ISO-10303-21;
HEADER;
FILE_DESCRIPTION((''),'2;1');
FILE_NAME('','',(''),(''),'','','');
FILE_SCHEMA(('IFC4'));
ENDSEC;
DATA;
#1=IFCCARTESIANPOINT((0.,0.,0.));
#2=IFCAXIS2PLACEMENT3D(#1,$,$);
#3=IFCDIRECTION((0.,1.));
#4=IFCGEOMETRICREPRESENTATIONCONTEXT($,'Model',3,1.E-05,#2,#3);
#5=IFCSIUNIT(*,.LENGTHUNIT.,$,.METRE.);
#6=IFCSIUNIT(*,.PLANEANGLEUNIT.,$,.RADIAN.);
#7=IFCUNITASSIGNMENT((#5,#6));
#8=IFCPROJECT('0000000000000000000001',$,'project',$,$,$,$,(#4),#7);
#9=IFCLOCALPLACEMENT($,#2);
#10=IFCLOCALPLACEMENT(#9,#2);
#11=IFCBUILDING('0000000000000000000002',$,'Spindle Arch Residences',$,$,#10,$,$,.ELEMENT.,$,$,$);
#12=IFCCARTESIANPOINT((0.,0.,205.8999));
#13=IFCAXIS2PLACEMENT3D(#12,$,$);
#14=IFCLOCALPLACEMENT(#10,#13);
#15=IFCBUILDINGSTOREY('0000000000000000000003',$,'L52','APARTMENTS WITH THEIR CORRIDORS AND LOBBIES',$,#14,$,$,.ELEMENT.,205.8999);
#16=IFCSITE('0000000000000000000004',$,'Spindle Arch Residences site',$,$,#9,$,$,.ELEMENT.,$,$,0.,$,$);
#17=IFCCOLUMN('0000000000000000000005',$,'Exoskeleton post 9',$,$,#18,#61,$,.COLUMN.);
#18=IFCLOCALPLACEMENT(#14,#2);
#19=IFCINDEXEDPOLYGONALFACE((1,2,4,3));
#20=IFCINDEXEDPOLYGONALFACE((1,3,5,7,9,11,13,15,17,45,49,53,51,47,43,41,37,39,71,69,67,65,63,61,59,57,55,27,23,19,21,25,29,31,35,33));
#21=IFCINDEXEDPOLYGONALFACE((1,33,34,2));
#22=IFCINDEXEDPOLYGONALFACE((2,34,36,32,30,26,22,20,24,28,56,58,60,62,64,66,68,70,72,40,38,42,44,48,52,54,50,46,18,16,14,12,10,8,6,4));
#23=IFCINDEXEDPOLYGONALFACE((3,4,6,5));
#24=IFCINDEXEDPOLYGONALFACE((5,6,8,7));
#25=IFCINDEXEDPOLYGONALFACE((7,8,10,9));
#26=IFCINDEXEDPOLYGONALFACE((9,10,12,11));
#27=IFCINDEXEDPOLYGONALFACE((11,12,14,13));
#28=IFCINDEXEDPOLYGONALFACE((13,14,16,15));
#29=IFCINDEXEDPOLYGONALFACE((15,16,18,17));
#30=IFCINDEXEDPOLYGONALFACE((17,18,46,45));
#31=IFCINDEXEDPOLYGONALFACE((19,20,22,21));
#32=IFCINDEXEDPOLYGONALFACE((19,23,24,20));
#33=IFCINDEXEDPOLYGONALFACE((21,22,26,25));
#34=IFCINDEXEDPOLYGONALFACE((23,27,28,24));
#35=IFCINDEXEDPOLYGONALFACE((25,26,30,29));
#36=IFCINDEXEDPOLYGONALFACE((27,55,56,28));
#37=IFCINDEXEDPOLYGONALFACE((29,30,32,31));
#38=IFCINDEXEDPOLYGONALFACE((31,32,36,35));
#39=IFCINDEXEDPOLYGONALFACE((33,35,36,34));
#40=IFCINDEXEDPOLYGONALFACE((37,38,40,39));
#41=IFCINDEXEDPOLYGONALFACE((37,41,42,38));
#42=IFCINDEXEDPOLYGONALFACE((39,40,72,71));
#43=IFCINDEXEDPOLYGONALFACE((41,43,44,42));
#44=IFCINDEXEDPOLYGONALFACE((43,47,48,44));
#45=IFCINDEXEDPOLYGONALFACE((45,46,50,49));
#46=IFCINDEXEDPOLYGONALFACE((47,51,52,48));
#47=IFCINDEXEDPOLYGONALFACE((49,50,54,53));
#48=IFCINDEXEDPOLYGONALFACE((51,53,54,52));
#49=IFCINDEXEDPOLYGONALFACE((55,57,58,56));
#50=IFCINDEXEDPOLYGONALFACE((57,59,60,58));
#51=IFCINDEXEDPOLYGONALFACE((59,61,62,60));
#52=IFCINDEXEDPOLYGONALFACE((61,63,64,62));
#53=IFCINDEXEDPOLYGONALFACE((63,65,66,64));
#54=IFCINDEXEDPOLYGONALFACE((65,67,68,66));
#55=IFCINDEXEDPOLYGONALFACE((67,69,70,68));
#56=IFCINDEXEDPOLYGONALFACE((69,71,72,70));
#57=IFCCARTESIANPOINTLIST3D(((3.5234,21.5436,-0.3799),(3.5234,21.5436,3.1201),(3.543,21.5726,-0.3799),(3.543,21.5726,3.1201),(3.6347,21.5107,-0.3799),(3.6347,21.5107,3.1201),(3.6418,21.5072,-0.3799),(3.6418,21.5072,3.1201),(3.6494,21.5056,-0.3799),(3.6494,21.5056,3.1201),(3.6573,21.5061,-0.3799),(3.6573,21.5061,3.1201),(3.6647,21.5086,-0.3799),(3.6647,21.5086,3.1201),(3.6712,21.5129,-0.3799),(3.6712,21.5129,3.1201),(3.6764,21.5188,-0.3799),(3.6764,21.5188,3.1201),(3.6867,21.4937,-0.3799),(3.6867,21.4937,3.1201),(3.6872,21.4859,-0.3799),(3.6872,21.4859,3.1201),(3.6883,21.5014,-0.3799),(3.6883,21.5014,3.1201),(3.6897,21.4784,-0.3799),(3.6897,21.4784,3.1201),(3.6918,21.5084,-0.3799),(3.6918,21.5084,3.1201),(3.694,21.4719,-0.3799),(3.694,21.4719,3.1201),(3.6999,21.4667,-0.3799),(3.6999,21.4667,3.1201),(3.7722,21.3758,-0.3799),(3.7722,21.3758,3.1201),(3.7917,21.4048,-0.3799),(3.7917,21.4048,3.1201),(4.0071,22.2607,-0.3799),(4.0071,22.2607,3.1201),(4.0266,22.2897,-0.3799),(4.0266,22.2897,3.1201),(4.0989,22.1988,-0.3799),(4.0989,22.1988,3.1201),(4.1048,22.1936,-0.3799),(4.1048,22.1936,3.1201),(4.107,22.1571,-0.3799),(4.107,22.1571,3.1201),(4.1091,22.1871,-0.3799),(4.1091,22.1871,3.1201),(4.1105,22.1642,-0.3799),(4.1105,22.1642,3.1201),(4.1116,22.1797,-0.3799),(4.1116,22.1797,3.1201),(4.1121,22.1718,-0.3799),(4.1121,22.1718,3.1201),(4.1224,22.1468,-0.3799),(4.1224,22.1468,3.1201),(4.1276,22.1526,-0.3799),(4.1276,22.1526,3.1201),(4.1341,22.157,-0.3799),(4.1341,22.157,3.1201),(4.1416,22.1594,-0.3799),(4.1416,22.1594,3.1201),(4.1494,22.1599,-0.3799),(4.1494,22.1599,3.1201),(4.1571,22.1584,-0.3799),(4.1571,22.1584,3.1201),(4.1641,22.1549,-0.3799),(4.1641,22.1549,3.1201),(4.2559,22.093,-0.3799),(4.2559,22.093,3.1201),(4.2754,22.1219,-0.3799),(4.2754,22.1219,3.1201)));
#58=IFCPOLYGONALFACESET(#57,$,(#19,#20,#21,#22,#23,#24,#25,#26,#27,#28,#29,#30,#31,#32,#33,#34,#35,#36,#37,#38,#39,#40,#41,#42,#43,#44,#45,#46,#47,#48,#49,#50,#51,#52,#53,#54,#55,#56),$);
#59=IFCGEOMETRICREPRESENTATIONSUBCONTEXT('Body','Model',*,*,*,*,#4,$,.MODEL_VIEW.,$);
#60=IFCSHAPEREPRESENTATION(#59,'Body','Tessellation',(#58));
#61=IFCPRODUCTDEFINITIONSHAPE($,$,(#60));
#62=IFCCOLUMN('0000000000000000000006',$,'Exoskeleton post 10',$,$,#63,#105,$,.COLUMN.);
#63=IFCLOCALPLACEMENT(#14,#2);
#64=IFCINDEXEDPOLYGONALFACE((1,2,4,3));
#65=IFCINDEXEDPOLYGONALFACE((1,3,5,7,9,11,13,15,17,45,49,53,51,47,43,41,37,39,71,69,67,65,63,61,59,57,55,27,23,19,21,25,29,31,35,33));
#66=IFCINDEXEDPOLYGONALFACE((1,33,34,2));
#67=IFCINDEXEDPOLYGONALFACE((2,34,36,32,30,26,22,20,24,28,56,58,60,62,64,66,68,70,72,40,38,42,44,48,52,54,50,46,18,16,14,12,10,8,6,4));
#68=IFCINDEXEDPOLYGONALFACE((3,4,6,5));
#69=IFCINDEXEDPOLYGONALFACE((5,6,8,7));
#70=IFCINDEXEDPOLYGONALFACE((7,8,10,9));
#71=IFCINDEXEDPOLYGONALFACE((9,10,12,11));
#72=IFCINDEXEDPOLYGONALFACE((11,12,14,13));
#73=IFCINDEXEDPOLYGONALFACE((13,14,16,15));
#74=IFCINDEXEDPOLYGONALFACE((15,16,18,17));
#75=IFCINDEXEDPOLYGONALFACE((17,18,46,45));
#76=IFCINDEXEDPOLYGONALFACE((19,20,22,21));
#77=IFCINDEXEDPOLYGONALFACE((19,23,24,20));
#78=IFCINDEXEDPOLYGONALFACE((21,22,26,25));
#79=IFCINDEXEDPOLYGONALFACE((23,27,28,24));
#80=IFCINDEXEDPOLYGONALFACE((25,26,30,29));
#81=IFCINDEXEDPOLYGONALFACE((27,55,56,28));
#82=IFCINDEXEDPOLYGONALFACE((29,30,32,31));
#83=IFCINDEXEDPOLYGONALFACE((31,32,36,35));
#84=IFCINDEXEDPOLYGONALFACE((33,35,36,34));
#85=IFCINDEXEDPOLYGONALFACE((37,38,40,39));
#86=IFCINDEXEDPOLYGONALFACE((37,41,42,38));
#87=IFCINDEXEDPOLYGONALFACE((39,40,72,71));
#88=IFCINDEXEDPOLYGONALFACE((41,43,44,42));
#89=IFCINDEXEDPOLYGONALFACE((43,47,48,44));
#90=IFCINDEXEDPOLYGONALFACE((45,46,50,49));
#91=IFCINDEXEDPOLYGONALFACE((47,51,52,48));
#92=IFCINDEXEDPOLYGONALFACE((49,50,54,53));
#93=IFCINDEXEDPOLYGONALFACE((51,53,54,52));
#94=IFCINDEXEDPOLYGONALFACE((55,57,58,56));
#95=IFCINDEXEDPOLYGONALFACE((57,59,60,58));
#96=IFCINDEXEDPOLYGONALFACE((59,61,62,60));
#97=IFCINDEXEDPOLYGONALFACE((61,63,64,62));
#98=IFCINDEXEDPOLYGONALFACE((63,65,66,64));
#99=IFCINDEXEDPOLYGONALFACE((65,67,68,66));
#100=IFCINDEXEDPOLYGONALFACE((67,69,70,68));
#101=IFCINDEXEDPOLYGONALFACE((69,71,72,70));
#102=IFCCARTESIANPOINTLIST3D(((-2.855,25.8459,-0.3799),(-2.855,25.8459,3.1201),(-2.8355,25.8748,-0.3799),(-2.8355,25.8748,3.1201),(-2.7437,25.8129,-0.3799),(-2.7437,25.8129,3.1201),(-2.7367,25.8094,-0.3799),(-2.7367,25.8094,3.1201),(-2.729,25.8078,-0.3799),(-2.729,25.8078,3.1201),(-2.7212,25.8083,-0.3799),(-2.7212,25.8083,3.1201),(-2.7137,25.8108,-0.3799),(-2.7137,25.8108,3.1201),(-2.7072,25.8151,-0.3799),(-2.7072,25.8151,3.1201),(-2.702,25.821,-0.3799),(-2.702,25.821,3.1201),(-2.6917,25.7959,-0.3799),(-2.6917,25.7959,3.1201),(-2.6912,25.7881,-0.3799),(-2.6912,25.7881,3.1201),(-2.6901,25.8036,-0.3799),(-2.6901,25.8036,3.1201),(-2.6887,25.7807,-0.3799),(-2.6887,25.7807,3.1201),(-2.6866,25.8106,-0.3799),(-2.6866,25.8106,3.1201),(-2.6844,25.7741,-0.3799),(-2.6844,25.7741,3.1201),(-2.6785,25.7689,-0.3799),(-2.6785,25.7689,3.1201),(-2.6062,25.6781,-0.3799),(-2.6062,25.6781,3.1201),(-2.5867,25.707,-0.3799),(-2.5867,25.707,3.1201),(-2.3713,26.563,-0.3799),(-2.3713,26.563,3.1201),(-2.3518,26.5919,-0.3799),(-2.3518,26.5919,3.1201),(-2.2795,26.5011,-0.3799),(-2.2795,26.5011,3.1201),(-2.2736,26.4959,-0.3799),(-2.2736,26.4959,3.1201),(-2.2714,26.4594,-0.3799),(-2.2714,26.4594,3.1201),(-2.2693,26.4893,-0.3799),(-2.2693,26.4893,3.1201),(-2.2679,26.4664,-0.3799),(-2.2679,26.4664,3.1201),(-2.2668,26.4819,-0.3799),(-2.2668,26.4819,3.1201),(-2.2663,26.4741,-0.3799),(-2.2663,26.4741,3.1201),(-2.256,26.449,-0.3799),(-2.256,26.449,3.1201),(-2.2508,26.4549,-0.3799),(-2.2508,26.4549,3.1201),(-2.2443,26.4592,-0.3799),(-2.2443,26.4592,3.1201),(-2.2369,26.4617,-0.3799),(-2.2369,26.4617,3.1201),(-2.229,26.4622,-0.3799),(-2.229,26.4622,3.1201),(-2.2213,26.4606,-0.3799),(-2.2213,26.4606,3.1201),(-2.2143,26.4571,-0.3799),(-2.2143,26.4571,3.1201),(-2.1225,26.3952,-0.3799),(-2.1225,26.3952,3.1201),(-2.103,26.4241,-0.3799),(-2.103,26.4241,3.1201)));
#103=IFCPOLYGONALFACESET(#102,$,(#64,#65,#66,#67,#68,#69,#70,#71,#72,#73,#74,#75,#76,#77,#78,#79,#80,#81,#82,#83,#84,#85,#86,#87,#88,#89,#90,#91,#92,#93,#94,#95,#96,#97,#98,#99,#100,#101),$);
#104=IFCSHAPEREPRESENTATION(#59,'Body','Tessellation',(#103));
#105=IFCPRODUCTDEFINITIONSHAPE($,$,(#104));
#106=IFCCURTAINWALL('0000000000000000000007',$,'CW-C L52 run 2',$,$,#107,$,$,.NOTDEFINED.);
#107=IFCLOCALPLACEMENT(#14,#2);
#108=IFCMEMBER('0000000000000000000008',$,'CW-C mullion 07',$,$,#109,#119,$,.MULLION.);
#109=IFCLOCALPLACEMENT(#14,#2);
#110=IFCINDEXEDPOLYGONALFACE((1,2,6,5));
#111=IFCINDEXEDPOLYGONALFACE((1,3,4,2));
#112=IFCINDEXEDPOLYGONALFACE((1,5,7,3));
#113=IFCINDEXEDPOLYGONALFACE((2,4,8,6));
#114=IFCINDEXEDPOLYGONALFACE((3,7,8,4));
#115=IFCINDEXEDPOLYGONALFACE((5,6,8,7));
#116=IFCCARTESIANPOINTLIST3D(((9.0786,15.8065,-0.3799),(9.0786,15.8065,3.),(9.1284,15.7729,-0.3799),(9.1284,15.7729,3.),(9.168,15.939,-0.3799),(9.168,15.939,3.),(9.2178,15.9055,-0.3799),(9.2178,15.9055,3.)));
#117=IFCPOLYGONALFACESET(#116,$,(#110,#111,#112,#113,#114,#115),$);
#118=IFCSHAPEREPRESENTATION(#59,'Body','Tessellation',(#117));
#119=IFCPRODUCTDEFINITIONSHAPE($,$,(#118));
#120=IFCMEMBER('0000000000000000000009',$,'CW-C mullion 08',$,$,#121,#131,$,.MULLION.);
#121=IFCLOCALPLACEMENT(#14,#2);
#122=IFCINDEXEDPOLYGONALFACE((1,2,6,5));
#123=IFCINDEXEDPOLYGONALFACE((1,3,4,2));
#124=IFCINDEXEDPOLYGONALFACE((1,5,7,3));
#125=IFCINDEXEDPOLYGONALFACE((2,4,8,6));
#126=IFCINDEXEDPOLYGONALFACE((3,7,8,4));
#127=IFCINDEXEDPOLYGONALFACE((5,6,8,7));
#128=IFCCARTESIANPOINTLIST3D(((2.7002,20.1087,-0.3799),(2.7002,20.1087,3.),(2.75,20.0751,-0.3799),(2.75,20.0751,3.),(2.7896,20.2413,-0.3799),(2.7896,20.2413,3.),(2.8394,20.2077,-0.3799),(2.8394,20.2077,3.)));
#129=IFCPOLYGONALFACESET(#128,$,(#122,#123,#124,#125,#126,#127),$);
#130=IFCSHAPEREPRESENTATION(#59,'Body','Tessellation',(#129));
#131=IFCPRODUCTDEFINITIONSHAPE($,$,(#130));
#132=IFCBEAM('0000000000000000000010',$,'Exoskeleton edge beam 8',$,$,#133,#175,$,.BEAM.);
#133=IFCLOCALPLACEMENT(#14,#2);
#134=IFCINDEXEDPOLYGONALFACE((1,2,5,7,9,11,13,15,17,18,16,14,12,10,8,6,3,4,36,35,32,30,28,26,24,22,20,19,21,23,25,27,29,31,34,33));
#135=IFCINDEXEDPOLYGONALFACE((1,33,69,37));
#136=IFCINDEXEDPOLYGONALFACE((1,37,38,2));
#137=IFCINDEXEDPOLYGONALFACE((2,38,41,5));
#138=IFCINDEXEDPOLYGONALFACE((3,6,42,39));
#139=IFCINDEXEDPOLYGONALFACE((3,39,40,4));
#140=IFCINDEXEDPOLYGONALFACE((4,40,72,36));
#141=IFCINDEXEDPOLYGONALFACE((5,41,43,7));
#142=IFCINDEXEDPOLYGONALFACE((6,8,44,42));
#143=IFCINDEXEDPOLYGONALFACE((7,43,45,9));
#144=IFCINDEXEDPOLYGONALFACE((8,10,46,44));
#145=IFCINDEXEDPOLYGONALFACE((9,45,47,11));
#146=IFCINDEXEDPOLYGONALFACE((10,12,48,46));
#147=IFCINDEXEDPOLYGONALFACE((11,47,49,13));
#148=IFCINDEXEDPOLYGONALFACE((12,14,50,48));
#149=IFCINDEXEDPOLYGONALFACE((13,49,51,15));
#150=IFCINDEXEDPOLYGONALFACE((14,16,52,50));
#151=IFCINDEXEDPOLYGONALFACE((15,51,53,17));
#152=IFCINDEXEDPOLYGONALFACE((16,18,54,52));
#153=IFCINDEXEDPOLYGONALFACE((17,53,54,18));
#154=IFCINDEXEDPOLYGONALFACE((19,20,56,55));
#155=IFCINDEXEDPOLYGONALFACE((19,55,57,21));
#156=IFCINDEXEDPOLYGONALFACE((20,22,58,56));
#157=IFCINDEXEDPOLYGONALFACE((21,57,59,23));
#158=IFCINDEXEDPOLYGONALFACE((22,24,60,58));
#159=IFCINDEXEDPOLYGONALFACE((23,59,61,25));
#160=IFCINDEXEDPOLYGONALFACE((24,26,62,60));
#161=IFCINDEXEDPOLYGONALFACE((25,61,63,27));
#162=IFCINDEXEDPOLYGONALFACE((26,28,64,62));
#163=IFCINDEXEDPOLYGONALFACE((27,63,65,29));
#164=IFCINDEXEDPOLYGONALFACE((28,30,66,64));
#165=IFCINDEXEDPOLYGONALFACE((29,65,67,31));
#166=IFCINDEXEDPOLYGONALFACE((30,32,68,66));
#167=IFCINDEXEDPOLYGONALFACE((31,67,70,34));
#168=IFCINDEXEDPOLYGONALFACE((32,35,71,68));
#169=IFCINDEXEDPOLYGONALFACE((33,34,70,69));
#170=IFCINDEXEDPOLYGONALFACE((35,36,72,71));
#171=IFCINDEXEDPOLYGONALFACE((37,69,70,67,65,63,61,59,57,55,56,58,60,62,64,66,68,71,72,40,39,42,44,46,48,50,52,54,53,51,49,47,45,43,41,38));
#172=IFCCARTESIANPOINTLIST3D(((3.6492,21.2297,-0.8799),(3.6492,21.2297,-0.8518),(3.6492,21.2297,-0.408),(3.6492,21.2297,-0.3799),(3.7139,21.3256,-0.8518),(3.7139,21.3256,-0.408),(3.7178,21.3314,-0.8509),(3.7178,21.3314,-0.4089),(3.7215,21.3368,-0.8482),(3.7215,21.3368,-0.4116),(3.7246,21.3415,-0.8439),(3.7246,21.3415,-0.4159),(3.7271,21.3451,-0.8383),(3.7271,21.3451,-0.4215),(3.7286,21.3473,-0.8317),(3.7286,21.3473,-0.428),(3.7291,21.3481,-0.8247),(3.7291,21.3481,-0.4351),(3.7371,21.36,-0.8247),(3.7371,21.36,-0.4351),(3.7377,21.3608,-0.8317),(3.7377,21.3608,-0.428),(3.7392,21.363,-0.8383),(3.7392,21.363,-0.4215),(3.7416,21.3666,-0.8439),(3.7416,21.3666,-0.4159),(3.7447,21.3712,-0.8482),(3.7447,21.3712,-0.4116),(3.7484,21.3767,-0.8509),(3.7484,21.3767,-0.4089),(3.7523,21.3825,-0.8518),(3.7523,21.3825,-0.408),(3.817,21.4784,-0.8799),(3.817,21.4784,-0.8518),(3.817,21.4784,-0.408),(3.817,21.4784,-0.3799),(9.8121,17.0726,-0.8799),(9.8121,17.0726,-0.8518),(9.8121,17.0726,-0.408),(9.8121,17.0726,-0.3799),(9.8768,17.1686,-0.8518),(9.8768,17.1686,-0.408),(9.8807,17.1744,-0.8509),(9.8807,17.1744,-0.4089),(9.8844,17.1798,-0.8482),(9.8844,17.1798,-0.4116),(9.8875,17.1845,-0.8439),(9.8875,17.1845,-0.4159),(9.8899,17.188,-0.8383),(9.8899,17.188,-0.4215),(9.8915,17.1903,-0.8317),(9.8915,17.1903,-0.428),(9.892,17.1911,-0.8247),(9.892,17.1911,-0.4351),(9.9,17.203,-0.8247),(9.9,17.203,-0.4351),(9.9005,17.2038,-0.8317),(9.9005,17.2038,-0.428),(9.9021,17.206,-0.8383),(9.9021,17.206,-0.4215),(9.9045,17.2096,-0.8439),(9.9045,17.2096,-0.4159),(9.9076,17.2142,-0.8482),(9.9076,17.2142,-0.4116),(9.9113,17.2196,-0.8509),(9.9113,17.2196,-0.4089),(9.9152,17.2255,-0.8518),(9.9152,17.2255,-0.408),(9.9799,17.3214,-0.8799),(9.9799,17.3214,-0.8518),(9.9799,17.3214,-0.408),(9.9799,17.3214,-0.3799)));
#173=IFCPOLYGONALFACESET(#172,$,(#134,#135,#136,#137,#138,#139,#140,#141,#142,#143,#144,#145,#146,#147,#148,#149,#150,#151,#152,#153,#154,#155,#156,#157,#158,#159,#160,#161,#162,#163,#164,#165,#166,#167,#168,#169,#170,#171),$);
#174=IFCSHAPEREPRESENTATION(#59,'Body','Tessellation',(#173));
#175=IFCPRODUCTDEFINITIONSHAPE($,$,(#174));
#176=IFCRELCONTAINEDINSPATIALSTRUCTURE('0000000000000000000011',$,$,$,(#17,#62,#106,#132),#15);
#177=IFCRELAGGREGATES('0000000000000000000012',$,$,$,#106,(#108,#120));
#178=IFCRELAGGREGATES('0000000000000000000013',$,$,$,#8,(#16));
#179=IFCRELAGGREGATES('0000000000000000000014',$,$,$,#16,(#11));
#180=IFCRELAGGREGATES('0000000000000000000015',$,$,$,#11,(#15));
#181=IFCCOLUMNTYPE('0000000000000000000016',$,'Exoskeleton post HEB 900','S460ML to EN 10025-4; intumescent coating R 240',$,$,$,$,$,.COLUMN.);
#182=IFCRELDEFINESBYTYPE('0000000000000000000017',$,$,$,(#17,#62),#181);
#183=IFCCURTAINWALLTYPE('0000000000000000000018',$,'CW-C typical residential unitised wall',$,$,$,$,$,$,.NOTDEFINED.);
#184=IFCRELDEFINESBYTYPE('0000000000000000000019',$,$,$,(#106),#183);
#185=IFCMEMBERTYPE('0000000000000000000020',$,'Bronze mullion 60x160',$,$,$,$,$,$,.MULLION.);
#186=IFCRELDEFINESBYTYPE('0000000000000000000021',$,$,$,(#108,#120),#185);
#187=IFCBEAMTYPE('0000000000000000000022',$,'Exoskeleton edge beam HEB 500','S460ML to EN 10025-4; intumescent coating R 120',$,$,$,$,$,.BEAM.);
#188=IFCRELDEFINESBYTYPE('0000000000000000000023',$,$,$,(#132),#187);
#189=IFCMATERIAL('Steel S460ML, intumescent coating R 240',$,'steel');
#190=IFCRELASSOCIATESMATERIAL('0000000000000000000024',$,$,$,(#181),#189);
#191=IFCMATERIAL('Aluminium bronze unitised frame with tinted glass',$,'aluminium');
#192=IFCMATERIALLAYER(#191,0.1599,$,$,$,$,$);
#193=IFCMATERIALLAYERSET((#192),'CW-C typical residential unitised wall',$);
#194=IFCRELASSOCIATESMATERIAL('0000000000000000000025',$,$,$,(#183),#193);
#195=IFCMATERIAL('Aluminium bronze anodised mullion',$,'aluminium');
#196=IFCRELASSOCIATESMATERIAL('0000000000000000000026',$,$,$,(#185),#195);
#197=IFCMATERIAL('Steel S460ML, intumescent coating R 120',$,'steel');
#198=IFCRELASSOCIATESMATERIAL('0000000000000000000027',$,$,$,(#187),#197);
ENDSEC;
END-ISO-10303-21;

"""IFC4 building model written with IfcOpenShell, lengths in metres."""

from ifc_helpers import new_model, si_unit, direction, frame, origin, origin_2d, place, context, subcontext, project, spatial, rectangle, i_section, extrude, material, layer, layer_set, material_profile, profile_set, type_object, element, aggregate, save


model = new_model("IFC4")

# Units and contexts
model_context = context("Model", 3, precision=1e-05, world=origin(), true_north=direction((0.0, 1.0)))
body_context = subcontext(model_context, "Body", "Model", "MODEL_VIEW")
ifc_project = project(units=[si_unit("LENGTHUNIT", "METRE"), si_unit("PLANEANGLEUNIT", "RADIAN")], contexts=[model_context])

# Site, building, storey
site_placement = place(None, origin())
site = spatial("IfcSite", under=ifc_project, at=site_placement, Name="Spindle Arch Residences site", CompositionType="ELEMENT", RefElevation=0.0)
building_placement = place(site_placement, origin())
building = spatial("IfcBuilding", under=site, at=building_placement, Name="Spindle Arch Residences", CompositionType="ELEMENT")
storey_placement = place(building_placement, frame((0.0, 0.0, 205.8999)))
storey = spatial("IfcBuildingStorey", under=building, at=storey_placement, Name="L52", Description="APARTMENTS WITH THEIR CORRIDORS AND LOBBIES", CompositionType="ELEMENT", Elevation=205.8999)

# Columns
ifc_material_1 = material(Name="Steel S460ML, intumescent coating R 240", Category="steel")
ifc_material_profile_1 = material_profile(ifc_material_1, i_section(OverallWidth=0.3, OverallDepth=0.8999, WebThickness=0.0186, FlangeThickness=0.0349, FilletRadius=0.03, at=origin_2d()), Name="HEB 900")
ifc_profile_set_1 = profile_set([ifc_material_profile_1], Name="Steel S460ML, intumescent coating R 240")
column_type = type_object("IfcColumnType", Name="Exoskeleton post HEB 900", Description="S460ML to EN 10025-4; intumescent coating R 240", PredefinedType="COLUMN", material=ifc_profile_set_1)
for number, where, z_axis, x_axis, name in (
    (1, (3.8994, 21.8328, -0.3799), (0.0, 0.0, 1.0), (0.829038, -0.559193, 0.0), "Exoskeleton post 9"),
    (2, (-2.479, 26.135, -0.3799), (0.0, 0.0, 1.0), (0.829038, -0.559193, 0.0), "Exoskeleton post 10"),
):
    element("IfcColumn", number, at=place(storey_placement, frame(where, z_axis=z_axis, x_axis=x_axis)), inside=storey, type_object=column_type, Name=name, PredefinedType="COLUMN", context=body_context, shape_type="SweptSolid", body=[
        extrude(i_section(OverallWidth=0.3, OverallDepth=0.8999, WebThickness=0.0186, FlangeThickness=0.0349, FilletRadius=0.03, at=origin_2d()), origin(), (0.0, 0.0, 1.0), 3.5),
    ])

# Curtain wall, members
ifc_material_2 = material(Name="Aluminium bronze unitised frame with tinted glass", Category="aluminium")
ifc_layer_1 = layer(ifc_material_2, 0.1599)
ifc_layer_set_1 = layer_set([ifc_layer_1], Name="CW-C typical residential unitised wall")
curtain_wall_type = type_object("IfcCurtainWallType", Name="CW-C typical residential unitised wall", PredefinedType="NOTDEFINED", material=ifc_layer_set_1)
curtain_wall_placement = place(storey_placement, origin())
curtain_wall = element("IfcCurtainWall", 3, at=curtain_wall_placement, inside=storey, type_object=curtain_wall_type, Name="CW-C L52 run 2", PredefinedType="NOTDEFINED")
ifc_material_3 = material(Name="Aluminium bronze anodised mullion", Category="aluminium")
ifc_material_profile_2 = material_profile(ifc_material_3, rectangle(XDim=0.1599, YDim=0.0601, at=origin_2d()), Name="MU 60x160")
ifc_profile_set_2 = profile_set([ifc_material_profile_2], Name="Aluminium bronze anodised mullion")
member_type = type_object("IfcMemberType", Name="Bronze mullion 60x160", PredefinedType="MULLION", material=ifc_profile_set_2)
member_1_placement = place(storey_placement, frame((9.1482, 15.856, -0.3799), z_axis=(0.0, 0.0, 1.0), x_axis=(-0.559193, -0.829038, 0.0)))
member_1 = element("IfcMember", 4, at=member_1_placement, type_object=member_type, Name="CW-C mullion 07", PredefinedType="MULLION", context=body_context, shape_type="SweptSolid", body=[
    extrude(rectangle(XDim=0.1599, YDim=0.0601, at=origin_2d()), origin(), (0.0, 0.0, 1.0), 3.3799),
])
member_2_placement = place(storey_placement, frame((2.7698, 20.1582, -0.3799), z_axis=(0.0, 0.0, 1.0), x_axis=(-0.559193, -0.829038, 0.0)))
member_2 = element("IfcMember", 5, at=member_2_placement, type_object=member_type, Name="CW-C mullion 08", PredefinedType="MULLION", context=body_context, shape_type="SweptSolid", body=[
    extrude(rectangle(XDim=0.1599, YDim=0.0601, at=origin_2d()), origin(), (0.0, 0.0, 1.0), 3.3799),
])

# Beam
ifc_material_4 = material(Name="Steel S460ML, intumescent coating R 120", Category="steel")
ifc_material_profile_3 = material_profile(ifc_material_4, i_section(OverallWidth=0.3, OverallDepth=0.5, WebThickness=0.0144, FlangeThickness=0.0281, FilletRadius=0.0271, at=origin_2d()), Name="HEB 500")
ifc_profile_set_3 = profile_set([ifc_material_profile_3], Name="Steel S460ML, intumescent coating R 120")
beam_type_1 = type_object("IfcBeamType", Name="Exoskeleton edge beam HEB 500", Description="S460ML to EN 10025-4; intumescent coating R 120", PredefinedType="BEAM", material=ifc_profile_set_3)
for number, where, z_axis, x_axis, name in (
    (6, (9.896, 17.197, -0.6299), (-0.829032, 0.559202, 0.0), (-0.559202, -0.829032, 0.0), "Exoskeleton edge beam 8"),
):
    element("IfcBeam", number, at=place(storey_placement, frame(where, z_axis=z_axis, x_axis=x_axis)), inside=storey, type_object=beam_type_1, Name=name, PredefinedType="BEAM", context=body_context, shape_type="SweptSolid", body=[
        extrude(i_section(OverallWidth=0.3, OverallDepth=0.5, WebThickness=0.0144, FlangeThickness=0.0281, FilletRadius=0.0271, at=origin_2d()), origin(), (0.0, 0.0, 1.0), 7.4338),
    ])

aggregate(curtain_wall, [member_1, member_2])

save(model, "model.ifc")
